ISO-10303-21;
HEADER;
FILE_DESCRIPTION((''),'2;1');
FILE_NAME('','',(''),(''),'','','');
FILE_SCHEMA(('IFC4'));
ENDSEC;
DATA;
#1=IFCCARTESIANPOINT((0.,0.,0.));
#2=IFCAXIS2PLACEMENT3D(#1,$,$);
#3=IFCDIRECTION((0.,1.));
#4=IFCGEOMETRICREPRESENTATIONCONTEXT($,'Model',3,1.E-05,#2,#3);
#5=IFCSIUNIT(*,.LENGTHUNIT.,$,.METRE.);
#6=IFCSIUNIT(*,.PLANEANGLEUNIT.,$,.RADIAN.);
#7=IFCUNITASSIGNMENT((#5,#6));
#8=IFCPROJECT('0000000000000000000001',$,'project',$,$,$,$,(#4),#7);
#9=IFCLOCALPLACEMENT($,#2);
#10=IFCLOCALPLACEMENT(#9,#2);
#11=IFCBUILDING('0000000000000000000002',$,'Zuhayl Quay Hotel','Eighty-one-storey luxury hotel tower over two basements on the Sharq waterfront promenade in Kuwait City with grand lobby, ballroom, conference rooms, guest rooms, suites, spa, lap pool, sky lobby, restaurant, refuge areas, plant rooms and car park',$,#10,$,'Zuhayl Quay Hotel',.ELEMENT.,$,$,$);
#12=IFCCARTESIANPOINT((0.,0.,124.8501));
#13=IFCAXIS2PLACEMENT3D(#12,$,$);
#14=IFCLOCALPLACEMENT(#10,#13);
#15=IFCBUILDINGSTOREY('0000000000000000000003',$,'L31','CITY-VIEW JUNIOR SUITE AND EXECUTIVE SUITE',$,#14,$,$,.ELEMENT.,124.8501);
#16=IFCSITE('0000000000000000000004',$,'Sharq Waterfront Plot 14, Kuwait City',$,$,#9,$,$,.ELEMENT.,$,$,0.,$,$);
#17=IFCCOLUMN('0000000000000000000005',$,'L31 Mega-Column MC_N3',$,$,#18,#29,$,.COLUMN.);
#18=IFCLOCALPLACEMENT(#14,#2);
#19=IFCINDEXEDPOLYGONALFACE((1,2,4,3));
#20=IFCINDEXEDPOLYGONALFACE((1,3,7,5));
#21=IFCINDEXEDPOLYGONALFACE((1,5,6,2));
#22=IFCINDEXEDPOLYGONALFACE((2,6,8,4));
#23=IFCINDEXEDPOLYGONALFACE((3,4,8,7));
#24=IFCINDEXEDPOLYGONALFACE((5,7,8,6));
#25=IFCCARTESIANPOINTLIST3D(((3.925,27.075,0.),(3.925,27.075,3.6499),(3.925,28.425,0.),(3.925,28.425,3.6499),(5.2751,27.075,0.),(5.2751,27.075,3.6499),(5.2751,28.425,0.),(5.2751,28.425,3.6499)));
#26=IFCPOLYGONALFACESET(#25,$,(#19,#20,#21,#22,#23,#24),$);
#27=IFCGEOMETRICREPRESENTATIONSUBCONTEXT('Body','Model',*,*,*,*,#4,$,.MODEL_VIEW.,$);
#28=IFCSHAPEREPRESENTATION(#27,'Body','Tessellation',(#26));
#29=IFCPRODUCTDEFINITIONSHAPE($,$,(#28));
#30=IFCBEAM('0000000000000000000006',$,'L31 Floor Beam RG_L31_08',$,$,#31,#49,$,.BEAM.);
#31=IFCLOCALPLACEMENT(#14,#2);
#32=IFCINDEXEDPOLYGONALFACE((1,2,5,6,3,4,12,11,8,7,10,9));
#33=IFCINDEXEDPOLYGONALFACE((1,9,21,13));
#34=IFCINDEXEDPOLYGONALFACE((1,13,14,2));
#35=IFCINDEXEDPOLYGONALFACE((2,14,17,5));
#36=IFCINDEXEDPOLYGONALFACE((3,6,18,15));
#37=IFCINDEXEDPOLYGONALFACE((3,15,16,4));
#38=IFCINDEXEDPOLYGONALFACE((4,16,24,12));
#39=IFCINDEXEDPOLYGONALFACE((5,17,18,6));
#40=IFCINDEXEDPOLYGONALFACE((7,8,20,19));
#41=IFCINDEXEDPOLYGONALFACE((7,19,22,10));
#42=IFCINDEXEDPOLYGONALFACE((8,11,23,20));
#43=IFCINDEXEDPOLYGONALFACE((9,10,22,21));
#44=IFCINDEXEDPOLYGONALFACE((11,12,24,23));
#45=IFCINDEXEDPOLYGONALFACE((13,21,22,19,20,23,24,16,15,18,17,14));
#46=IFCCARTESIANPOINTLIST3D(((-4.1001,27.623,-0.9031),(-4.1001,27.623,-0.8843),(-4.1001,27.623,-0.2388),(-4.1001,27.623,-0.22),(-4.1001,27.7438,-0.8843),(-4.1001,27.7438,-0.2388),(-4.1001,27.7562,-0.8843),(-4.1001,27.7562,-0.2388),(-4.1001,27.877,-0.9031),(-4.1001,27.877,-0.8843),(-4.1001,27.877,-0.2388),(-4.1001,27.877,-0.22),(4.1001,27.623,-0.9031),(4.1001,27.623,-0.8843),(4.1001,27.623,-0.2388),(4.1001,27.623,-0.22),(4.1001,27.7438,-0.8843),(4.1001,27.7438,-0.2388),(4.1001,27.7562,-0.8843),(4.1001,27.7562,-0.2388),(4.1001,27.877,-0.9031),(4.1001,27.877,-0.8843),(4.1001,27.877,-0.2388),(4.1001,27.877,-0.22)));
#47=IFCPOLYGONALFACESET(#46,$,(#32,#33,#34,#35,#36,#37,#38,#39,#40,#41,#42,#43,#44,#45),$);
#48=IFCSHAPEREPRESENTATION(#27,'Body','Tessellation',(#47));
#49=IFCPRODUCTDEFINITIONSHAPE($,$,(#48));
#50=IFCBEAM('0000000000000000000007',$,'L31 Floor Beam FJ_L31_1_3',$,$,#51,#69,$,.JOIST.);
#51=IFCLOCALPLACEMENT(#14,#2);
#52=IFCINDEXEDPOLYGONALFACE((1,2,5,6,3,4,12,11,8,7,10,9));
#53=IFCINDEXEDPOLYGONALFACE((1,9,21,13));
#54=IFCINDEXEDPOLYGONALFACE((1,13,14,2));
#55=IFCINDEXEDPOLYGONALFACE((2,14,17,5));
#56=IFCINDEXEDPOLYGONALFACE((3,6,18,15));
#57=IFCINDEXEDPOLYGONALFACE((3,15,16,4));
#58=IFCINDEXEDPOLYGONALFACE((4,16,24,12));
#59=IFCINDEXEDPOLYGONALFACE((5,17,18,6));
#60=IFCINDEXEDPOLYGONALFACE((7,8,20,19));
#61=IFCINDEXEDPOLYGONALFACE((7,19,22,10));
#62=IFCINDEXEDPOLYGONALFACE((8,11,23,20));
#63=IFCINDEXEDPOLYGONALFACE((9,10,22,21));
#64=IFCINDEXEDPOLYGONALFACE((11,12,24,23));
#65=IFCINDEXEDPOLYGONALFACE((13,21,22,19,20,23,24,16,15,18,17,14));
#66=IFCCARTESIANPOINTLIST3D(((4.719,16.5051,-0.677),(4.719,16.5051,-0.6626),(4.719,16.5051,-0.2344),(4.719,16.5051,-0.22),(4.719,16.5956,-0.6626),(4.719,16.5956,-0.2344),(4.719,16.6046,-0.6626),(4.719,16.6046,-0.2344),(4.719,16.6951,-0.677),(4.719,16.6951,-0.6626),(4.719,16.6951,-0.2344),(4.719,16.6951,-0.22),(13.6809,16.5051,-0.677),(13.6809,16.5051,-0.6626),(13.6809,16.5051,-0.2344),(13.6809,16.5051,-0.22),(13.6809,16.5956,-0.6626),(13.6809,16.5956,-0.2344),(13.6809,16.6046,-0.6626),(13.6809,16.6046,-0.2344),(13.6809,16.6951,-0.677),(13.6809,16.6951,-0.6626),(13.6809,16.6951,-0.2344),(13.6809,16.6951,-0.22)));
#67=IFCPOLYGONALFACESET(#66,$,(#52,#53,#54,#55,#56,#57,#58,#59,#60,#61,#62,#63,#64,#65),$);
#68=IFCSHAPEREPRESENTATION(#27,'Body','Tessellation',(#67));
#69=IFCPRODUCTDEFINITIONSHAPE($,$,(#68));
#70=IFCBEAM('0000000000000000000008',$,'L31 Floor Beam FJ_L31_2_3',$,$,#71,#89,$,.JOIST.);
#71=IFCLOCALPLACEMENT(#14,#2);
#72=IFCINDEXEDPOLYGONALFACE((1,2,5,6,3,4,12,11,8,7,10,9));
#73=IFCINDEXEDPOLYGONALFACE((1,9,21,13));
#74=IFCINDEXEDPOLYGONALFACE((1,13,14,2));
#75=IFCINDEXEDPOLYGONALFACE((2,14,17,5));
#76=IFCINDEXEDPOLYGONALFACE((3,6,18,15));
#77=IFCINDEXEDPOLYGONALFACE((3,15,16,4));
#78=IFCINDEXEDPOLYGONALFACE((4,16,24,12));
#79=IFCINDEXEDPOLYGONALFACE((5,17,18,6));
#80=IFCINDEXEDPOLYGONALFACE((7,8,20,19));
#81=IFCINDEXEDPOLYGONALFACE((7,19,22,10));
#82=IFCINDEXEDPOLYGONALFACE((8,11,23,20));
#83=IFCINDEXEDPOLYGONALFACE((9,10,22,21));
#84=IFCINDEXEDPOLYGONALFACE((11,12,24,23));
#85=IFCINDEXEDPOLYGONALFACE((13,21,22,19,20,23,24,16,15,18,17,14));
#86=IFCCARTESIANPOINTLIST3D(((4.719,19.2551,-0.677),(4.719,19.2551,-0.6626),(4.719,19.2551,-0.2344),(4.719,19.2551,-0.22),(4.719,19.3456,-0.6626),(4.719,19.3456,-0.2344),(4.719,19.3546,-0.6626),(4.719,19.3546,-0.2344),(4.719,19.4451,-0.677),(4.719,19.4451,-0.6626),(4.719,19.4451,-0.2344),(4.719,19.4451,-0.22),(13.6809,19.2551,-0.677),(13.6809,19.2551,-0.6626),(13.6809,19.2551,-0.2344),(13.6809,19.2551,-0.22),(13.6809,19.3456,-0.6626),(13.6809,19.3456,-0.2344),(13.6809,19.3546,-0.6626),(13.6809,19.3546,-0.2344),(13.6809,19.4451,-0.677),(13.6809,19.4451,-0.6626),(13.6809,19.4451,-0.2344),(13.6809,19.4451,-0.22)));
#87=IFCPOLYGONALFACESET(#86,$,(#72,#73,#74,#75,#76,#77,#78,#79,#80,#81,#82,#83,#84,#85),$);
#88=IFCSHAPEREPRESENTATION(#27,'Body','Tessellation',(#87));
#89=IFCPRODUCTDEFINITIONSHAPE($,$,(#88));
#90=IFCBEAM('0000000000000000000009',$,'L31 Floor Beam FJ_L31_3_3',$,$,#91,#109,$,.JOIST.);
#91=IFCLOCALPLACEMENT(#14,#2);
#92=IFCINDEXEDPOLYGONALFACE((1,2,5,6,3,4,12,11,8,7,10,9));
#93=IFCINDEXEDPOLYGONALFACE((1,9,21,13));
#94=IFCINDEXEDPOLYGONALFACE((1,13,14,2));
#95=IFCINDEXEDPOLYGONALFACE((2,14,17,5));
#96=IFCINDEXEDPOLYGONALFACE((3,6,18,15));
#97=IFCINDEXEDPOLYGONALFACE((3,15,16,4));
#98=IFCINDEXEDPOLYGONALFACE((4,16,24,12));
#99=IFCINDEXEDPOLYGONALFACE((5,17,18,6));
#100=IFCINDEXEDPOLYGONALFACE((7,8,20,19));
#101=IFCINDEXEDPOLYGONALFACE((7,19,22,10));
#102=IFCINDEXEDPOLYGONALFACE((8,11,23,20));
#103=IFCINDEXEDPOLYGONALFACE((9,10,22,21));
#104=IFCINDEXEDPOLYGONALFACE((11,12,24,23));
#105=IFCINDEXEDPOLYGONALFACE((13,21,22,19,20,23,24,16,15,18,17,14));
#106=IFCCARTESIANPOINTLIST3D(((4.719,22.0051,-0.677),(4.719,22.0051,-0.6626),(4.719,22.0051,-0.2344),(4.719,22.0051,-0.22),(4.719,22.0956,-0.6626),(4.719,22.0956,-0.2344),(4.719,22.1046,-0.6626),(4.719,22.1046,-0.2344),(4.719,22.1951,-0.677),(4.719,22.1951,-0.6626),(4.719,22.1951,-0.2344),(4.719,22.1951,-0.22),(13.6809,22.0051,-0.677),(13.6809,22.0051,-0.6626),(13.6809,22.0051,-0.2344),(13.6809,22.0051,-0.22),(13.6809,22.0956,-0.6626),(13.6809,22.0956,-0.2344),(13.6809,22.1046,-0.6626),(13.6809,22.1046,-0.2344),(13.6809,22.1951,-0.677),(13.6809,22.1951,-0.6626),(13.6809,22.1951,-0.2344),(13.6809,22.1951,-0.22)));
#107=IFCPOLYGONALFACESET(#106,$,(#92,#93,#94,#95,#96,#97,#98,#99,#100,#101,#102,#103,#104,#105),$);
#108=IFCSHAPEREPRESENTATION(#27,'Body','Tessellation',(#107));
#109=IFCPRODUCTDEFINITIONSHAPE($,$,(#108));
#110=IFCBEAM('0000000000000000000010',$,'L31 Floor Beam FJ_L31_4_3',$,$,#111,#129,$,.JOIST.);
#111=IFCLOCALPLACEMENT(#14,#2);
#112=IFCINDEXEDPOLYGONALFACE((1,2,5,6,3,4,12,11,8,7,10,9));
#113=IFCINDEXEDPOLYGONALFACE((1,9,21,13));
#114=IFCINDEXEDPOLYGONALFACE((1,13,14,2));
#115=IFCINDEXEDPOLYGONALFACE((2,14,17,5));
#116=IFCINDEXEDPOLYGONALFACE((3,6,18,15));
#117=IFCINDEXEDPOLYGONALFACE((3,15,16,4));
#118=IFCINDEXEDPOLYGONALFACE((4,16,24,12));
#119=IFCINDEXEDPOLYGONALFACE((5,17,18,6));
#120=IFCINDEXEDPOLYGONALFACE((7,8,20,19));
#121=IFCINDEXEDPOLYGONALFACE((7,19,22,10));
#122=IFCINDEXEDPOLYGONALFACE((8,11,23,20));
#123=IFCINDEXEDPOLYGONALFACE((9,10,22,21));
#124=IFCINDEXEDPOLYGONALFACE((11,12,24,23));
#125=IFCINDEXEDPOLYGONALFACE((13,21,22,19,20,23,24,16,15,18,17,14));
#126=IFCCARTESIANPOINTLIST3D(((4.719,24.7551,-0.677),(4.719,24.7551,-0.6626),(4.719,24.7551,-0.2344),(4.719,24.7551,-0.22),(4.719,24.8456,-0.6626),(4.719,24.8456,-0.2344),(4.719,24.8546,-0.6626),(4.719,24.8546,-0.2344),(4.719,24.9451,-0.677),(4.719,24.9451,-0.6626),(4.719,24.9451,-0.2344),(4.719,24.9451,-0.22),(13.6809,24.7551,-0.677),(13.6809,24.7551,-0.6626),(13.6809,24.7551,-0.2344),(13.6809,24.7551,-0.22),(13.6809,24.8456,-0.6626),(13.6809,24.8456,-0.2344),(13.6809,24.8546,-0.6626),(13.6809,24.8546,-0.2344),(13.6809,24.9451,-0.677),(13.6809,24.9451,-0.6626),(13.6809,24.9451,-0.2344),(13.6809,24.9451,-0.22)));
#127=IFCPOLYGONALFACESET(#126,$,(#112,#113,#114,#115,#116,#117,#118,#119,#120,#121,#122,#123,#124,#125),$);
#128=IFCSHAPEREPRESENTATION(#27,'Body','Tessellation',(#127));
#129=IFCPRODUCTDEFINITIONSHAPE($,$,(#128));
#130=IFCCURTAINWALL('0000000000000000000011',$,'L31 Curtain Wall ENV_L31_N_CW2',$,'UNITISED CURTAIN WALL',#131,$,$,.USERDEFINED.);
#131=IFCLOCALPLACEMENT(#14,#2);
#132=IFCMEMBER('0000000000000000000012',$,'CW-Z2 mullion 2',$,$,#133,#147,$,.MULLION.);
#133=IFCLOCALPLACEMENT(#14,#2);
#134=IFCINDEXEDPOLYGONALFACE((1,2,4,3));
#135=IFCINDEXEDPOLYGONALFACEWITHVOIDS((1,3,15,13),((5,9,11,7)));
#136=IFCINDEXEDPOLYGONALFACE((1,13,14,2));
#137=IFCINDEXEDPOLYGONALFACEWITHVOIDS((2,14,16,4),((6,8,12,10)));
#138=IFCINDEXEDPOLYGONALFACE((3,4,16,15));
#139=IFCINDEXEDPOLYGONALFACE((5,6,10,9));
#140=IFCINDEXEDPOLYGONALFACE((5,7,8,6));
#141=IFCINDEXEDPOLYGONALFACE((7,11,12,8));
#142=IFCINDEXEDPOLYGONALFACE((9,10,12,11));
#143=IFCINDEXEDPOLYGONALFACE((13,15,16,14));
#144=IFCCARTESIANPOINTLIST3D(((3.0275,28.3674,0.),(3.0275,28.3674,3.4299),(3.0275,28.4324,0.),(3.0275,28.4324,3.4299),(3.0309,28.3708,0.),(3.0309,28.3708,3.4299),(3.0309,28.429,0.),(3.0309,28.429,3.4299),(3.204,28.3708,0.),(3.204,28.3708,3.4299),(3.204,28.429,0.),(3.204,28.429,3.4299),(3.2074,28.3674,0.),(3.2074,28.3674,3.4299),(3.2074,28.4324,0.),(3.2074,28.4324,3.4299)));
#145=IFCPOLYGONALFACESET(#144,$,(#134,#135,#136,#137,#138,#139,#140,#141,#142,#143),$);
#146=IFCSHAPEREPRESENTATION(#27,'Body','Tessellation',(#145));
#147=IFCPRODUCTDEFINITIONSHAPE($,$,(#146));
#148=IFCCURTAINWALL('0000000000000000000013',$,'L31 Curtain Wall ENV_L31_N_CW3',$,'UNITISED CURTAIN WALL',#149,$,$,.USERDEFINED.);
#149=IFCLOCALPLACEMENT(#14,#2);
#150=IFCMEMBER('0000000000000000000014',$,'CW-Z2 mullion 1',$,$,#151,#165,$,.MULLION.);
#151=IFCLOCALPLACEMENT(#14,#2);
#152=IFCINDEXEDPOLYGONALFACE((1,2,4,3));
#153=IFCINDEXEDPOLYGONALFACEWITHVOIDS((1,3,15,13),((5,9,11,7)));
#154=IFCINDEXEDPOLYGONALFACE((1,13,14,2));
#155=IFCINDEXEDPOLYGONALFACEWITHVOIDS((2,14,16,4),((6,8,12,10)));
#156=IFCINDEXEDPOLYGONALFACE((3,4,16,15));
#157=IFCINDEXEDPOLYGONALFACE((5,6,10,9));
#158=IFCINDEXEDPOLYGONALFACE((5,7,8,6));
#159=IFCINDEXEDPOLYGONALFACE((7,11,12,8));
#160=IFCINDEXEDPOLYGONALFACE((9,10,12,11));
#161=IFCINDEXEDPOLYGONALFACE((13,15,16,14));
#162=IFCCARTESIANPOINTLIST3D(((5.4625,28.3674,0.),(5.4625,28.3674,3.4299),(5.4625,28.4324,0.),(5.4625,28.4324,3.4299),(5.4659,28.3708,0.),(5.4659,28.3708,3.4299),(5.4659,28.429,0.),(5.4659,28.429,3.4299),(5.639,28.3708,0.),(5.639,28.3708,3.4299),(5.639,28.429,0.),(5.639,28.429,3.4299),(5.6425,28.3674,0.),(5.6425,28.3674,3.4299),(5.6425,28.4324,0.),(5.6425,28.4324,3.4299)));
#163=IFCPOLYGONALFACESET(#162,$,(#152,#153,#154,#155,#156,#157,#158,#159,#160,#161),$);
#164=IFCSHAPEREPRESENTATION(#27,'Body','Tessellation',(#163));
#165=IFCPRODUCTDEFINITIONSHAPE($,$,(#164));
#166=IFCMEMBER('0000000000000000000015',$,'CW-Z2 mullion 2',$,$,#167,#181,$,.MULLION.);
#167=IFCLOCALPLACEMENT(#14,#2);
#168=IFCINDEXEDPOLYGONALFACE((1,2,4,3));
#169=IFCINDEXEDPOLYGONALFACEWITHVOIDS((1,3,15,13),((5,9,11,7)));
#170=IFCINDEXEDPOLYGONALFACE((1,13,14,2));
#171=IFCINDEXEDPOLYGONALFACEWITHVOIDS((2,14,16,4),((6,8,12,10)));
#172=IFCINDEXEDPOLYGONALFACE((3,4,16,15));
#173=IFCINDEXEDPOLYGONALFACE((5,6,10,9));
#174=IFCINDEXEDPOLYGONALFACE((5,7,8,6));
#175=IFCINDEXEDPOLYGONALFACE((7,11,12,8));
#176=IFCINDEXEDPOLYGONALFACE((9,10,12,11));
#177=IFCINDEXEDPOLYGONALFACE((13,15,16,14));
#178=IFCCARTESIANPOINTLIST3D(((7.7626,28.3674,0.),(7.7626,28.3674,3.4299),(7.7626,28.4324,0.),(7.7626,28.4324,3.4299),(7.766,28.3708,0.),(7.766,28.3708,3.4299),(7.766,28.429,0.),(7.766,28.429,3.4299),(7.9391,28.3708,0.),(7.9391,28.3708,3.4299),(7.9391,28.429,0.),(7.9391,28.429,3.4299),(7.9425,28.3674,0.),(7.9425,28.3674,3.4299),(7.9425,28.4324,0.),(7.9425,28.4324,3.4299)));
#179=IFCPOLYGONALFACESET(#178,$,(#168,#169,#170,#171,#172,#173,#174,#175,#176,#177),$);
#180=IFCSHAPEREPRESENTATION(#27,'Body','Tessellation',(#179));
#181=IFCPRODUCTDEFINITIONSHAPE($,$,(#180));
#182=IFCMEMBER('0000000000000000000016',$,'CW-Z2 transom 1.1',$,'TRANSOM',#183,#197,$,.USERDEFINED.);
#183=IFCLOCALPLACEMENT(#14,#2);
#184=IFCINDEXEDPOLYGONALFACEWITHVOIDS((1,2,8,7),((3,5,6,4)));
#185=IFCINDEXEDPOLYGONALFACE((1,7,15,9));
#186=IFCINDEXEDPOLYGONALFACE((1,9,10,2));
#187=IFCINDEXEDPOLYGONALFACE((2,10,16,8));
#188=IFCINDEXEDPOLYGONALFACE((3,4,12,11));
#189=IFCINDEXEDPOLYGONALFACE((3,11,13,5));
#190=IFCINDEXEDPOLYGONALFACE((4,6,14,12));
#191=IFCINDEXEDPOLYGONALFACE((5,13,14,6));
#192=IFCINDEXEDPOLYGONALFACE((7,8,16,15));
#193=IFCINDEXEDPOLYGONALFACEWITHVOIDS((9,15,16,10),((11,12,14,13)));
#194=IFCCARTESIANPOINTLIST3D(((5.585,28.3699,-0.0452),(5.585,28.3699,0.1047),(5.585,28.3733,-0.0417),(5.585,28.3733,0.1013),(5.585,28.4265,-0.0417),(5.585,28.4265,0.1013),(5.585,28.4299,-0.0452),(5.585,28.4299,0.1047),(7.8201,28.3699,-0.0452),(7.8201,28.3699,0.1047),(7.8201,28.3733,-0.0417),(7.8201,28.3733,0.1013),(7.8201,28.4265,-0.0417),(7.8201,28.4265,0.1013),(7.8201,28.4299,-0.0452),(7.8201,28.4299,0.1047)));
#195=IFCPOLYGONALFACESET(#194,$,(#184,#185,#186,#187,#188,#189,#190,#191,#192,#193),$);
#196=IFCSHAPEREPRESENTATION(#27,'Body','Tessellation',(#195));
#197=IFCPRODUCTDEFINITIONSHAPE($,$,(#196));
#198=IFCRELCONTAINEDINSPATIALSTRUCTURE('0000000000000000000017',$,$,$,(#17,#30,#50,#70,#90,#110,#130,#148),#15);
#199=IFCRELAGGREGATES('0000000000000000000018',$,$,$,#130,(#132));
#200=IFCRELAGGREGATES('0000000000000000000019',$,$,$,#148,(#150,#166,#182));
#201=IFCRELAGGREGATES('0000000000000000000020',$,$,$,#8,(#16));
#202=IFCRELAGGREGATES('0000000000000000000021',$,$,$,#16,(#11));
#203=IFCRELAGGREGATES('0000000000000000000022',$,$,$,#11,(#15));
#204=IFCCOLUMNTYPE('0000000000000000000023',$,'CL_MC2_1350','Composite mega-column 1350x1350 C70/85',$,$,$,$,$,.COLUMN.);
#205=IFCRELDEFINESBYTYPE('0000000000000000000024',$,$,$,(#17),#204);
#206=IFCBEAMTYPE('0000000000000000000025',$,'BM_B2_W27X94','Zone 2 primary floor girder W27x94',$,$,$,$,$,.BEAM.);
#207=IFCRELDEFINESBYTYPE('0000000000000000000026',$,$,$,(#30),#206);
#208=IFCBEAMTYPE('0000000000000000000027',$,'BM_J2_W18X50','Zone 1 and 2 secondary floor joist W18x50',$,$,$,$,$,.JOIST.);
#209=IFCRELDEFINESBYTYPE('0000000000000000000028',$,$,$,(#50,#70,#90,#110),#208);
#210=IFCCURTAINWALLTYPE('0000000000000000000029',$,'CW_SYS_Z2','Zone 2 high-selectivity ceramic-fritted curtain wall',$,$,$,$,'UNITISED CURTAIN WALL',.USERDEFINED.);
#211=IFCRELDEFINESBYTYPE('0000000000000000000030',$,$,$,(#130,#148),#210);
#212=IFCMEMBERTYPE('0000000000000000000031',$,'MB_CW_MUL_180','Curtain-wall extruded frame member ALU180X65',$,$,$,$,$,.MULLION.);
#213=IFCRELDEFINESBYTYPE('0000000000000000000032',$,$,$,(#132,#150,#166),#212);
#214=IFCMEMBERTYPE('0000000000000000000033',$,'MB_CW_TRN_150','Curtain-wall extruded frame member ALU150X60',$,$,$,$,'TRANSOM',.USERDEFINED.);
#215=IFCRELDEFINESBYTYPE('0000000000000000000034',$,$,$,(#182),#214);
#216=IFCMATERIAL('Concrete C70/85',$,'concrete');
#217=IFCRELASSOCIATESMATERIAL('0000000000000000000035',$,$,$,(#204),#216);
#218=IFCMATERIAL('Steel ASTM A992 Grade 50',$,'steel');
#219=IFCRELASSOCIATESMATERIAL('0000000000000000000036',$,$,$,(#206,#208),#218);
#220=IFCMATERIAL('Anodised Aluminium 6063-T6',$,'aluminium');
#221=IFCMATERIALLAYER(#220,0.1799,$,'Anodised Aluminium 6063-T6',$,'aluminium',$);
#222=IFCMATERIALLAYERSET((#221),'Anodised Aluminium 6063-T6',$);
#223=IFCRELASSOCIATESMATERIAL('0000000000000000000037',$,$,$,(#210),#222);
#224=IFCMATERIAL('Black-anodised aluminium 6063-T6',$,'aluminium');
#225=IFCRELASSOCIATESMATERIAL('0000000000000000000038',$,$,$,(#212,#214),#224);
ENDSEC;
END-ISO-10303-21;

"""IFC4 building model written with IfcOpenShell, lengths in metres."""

from ifc_helpers import new_model, si_unit, direction, frame, origin, origin_2d, place, context, subcontext, project, spatial, rectangle, hollow_rectangle, i_section, extrude, material, layer, layer_set, material_profile, profile_set, type_object, element, aggregate, save


model = new_model("IFC4")

# Units and contexts
model_context = context("Model", 3, precision=1e-05, world=origin(), true_north=direction((0.0, 1.0)))
body_context = subcontext(model_context, "Body", "Model", "MODEL_VIEW")
ifc_project = project(units=[si_unit("LENGTHUNIT", "METRE"), si_unit("PLANEANGLEUNIT", "RADIAN")], contexts=[model_context])

# Site, building, storey
site_placement = place(None, origin())
site = spatial("IfcSite", under=ifc_project, at=site_placement, Name="Sharq Waterfront Plot 14, Kuwait City", CompositionType="ELEMENT", RefElevation=0.0)
building_placement = place(site_placement, origin())
building = spatial("IfcBuilding", under=site, at=building_placement, Name="Zuhayl Quay Hotel", Description="Eighty-one-storey luxury hotel tower over two basements on the Sharq waterfront promenade in Kuwait City with grand lobby, ballroom, conference rooms, guest rooms, suites, spa, lap pool, sky lobby, restaurant, refuge areas, plant rooms and car park", LongName="Zuhayl Quay Hotel", CompositionType="ELEMENT")
storey_placement = place(building_placement, frame((0.0, 0.0, 124.8501)))
storey = spatial("IfcBuildingStorey", under=building, at=storey_placement, Name="L31", Description="CITY-VIEW JUNIOR SUITE AND EXECUTIVE SUITE", CompositionType="ELEMENT", Elevation=124.8501)

# Column
ifc_material_1 = material(Name="Concrete C70/85", Category="concrete")
ifc_material_profile_1 = material_profile(ifc_material_1, rectangle(XDim=1.3501, YDim=1.3501, at=origin_2d()), Name="RC1350X1350")
ifc_profile_set_1 = profile_set([ifc_material_profile_1], Name="Concrete C70/85")
column_type = type_object("IfcColumnType", Name="CL_MC2_1350", Description="Composite mega-column 1350x1350 C70/85", PredefinedType="COLUMN", material=ifc_profile_set_1)
column_placement = place(storey_placement, frame((4.6001, 27.75, 0.0), z_axis=(0.0, 0.0, 1.0), x_axis=(1.0, 0.0, 0.0)))
element("IfcColumn", 1, at=column_placement, inside=storey, type_object=column_type, Name="L31 Mega-Column MC_N3", PredefinedType="COLUMN", context=body_context, shape_type="SweptSolid", body=[
    extrude(rectangle(XDim=1.3501, YDim=1.3501, at=origin_2d()), origin(), (0.0, 0.0, 1.0), 3.6499),
])

# Beams
ifc_material_2 = material(Name="Steel ASTM A992 Grade 50", Category="steel")
ifc_material_profile_2 = material_profile(ifc_material_2, i_section(OverallWidth=0.2539, OverallDepth=0.6831, WebThickness=0.0125, FlangeThickness=0.0188, at=origin_2d()), Name="W27X94")
ifc_profile_set_2 = profile_set([ifc_material_profile_2], Name="Steel ASTM A992 Grade 50")
beam_type_1 = type_object("IfcBeamType", Name="BM_B2_W27X94", Description="Zone 2 primary floor girder W27x94", PredefinedType="BEAM", material=ifc_profile_set_2)
beam_placement = place(storey_placement, frame((4.1001, 27.75, -0.5615), z_axis=(-1.0, 0.0, 0.0), x_axis=(0.0, -1.0, 0.0)))
element("IfcBeam", 2, at=beam_placement, inside=storey, type_object=beam_type_1, Name="L31 Floor Beam RG_L31_08", PredefinedType="BEAM", context=body_context, shape_type="SweptSolid", body=[
    extrude(i_section(OverallWidth=0.2539, OverallDepth=0.6831, WebThickness=0.0125, FlangeThickness=0.0188, at=origin_2d()), origin(), (0.0, 0.0, 1.0), 8.2002),
])
ifc_material_profile_3 = material_profile(ifc_material_2, i_section(OverallWidth=0.1899, OverallDepth=0.457, WebThickness=0.009, FlangeThickness=0.0144, at=origin_2d()), Name="W18X50")
ifc_profile_set_3 = profile_set([ifc_material_profile_3], Name="Steel ASTM A992 Grade 50")
beam_type_2 = type_object("IfcBeamType", Name="BM_J2_W18X50", Description="Zone 1 and 2 secondary floor joist W18x50", PredefinedType="JOIST", material=ifc_profile_set_3)
for number, where, z_axis, x_axis, name in (
    (3, (4.719, 16.6001, -0.4485), (1.0, 0.0, 0.0), (0.0, 1.0, 0.0), "L31 Floor Beam FJ_L31_1_3"),
    (4, (4.719, 19.3501, -0.4485), (1.0, 0.0, 0.0), (0.0, 1.0, 0.0), "L31 Floor Beam FJ_L31_2_3"),
    (5, (4.719, 22.1001, -0.4485), (1.0, 0.0, 0.0), (0.0, 1.0, 0.0), "L31 Floor Beam FJ_L31_3_3"),
    (6, (4.719, 24.8501, -0.4485), (1.0, 0.0, 0.0), (0.0, 1.0, 0.0), "L31 Floor Beam FJ_L31_4_3"),
):
    element("IfcBeam", number, at=place(storey_placement, frame(where, z_axis=z_axis, x_axis=x_axis)), inside=storey, type_object=beam_type_2, Name=name, PredefinedType="JOIST", context=body_context, shape_type="SweptSolid", body=[
        extrude(i_section(OverallWidth=0.1899, OverallDepth=0.457, WebThickness=0.009, FlangeThickness=0.0144, at=origin_2d()), origin(), (0.0, 0.0, 1.0), 8.9619),
    ])

# Curtain wall, member
ifc_material_3 = material(Name="Anodised Aluminium 6063-T6", Category="aluminium")
ifc_layer_1 = layer(ifc_material_3, 0.1799, Name="Anodised Aluminium 6063-T6", Category="aluminium")
ifc_layer_set_1 = layer_set([ifc_layer_1], Name="Anodised Aluminium 6063-T6")
curtain_wall_type = type_object("IfcCurtainWallType", Name="CW_SYS_Z2", Description="Zone 2 high-selectivity ceramic-fritted curtain wall", ElementType="UNITISED CURTAIN WALL", PredefinedType="USERDEFINED", material=ifc_layer_set_1)
curtain_wall_1_placement = place(storey_placement, origin())
curtain_wall_1 = element("IfcCurtainWall", 7, at=curtain_wall_1_placement, inside=storey, type_object=curtain_wall_type, Name="L31 Curtain Wall ENV_L31_N_CW2", ObjectType="UNITISED CURTAIN WALL", PredefinedType="USERDEFINED")
ifc_material_4 = material(Name="Black-anodised aluminium 6063-T6", Category="aluminium")
ifc_material_profile_4 = material_profile(ifc_material_4, hollow_rectangle(XDim=0.0649, YDim=0.1799, WallThickness=0.0034, at=origin_2d()), Name="ALU180X65")
ifc_profile_set_4 = profile_set([ifc_material_profile_4], Name="Black-anodised aluminium 6063-T6")
member_type_1 = type_object("IfcMemberType", Name="MB_CW_MUL_180", Description="Curtain-wall extruded frame member ALU180X65", PredefinedType="MULLION", material=ifc_profile_set_4)
member_1_placement = place(storey_placement, frame((3.1174, 28.3999, 0.0), z_axis=(0.0, 0.0, 1.0), x_axis=(0.0, 1.0, 0.0)))
member_1 = element("IfcMember", 8, at=member_1_placement, type_object=member_type_1, Name="CW-Z2 mullion 2", PredefinedType="MULLION", context=body_context, shape_type="SweptSolid", body=[
    extrude(hollow_rectangle(XDim=0.0649, YDim=0.1799, WallThickness=0.0034, at=origin_2d()), origin(), (0.0, 0.0, 1.0), 3.4299),
])
aggregate(curtain_wall_1, [member_1])

# Curtain wall, members
curtain_wall_2_placement = place(storey_placement, origin())
curtain_wall_2 = element("IfcCurtainWall", 9, at=curtain_wall_2_placement, inside=storey, type_object=curtain_wall_type, Name="L31 Curtain Wall ENV_L31_N_CW3", ObjectType="UNITISED CURTAIN WALL", PredefinedType="USERDEFINED")
member_2_placement = place(storey_placement, frame((5.5525, 28.3999, 0.0), z_axis=(0.0, 0.0, 1.0), x_axis=(0.0, 1.0, 0.0)))
member_2 = element("IfcMember", 10, at=member_2_placement, type_object=member_type_1, Name="CW-Z2 mullion 1", PredefinedType="MULLION", context=body_context, shape_type="SweptSolid", body=[
    extrude(hollow_rectangle(XDim=0.0649, YDim=0.1799, WallThickness=0.0034, at=origin_2d()), origin(), (0.0, 0.0, 1.0), 3.4299),
])
member_3_placement = place(storey_placement, frame((7.8525, 28.3999, 0.0), z_axis=(0.0, 0.0, 1.0), x_axis=(0.0, 1.0, 0.0)))
member_3 = element("IfcMember", 11, at=member_3_placement, type_object=member_type_1, Name="CW-Z2 mullion 2", PredefinedType="MULLION", context=body_context, shape_type="SweptSolid", body=[
    extrude(hollow_rectangle(XDim=0.0649, YDim=0.1799, WallThickness=0.0034, at=origin_2d()), origin(), (0.0, 0.0, 1.0), 3.4299),
])
ifc_material_profile_5 = material_profile(ifc_material_4, hollow_rectangle(XDim=0.0601, YDim=0.1499, WallThickness=0.0034, at=origin_2d()), Name="ALU150X60")
ifc_profile_set_5 = profile_set([ifc_material_profile_5], Name="Black-anodised aluminium 6063-T6")
member_type_2 = type_object("IfcMemberType", Name="MB_CW_TRN_150", Description="Curtain-wall extruded frame member ALU150X60", ElementType="TRANSOM", PredefinedType="USERDEFINED", material=ifc_profile_set_5)
member_4_placement = place(storey_placement, frame((5.585, 28.3999, 0.0298), z_axis=(1.0, 0.0, 0.0), x_axis=(0.0, 1.0, 0.0)))
member_4 = element("IfcMember", 12, at=member_4_placement, type_object=member_type_2, Name="CW-Z2 transom 1.1", ObjectType="TRANSOM", PredefinedType="USERDEFINED", context=body_context, shape_type="SweptSolid", body=[
    extrude(hollow_rectangle(XDim=0.0601, YDim=0.1499, WallThickness=0.0034, at=origin_2d()), origin(), (0.0, 0.0, 1.0), 2.2351),
])
aggregate(curtain_wall_2, [member_2, member_3, member_4])

save(model, "model.ifc")
